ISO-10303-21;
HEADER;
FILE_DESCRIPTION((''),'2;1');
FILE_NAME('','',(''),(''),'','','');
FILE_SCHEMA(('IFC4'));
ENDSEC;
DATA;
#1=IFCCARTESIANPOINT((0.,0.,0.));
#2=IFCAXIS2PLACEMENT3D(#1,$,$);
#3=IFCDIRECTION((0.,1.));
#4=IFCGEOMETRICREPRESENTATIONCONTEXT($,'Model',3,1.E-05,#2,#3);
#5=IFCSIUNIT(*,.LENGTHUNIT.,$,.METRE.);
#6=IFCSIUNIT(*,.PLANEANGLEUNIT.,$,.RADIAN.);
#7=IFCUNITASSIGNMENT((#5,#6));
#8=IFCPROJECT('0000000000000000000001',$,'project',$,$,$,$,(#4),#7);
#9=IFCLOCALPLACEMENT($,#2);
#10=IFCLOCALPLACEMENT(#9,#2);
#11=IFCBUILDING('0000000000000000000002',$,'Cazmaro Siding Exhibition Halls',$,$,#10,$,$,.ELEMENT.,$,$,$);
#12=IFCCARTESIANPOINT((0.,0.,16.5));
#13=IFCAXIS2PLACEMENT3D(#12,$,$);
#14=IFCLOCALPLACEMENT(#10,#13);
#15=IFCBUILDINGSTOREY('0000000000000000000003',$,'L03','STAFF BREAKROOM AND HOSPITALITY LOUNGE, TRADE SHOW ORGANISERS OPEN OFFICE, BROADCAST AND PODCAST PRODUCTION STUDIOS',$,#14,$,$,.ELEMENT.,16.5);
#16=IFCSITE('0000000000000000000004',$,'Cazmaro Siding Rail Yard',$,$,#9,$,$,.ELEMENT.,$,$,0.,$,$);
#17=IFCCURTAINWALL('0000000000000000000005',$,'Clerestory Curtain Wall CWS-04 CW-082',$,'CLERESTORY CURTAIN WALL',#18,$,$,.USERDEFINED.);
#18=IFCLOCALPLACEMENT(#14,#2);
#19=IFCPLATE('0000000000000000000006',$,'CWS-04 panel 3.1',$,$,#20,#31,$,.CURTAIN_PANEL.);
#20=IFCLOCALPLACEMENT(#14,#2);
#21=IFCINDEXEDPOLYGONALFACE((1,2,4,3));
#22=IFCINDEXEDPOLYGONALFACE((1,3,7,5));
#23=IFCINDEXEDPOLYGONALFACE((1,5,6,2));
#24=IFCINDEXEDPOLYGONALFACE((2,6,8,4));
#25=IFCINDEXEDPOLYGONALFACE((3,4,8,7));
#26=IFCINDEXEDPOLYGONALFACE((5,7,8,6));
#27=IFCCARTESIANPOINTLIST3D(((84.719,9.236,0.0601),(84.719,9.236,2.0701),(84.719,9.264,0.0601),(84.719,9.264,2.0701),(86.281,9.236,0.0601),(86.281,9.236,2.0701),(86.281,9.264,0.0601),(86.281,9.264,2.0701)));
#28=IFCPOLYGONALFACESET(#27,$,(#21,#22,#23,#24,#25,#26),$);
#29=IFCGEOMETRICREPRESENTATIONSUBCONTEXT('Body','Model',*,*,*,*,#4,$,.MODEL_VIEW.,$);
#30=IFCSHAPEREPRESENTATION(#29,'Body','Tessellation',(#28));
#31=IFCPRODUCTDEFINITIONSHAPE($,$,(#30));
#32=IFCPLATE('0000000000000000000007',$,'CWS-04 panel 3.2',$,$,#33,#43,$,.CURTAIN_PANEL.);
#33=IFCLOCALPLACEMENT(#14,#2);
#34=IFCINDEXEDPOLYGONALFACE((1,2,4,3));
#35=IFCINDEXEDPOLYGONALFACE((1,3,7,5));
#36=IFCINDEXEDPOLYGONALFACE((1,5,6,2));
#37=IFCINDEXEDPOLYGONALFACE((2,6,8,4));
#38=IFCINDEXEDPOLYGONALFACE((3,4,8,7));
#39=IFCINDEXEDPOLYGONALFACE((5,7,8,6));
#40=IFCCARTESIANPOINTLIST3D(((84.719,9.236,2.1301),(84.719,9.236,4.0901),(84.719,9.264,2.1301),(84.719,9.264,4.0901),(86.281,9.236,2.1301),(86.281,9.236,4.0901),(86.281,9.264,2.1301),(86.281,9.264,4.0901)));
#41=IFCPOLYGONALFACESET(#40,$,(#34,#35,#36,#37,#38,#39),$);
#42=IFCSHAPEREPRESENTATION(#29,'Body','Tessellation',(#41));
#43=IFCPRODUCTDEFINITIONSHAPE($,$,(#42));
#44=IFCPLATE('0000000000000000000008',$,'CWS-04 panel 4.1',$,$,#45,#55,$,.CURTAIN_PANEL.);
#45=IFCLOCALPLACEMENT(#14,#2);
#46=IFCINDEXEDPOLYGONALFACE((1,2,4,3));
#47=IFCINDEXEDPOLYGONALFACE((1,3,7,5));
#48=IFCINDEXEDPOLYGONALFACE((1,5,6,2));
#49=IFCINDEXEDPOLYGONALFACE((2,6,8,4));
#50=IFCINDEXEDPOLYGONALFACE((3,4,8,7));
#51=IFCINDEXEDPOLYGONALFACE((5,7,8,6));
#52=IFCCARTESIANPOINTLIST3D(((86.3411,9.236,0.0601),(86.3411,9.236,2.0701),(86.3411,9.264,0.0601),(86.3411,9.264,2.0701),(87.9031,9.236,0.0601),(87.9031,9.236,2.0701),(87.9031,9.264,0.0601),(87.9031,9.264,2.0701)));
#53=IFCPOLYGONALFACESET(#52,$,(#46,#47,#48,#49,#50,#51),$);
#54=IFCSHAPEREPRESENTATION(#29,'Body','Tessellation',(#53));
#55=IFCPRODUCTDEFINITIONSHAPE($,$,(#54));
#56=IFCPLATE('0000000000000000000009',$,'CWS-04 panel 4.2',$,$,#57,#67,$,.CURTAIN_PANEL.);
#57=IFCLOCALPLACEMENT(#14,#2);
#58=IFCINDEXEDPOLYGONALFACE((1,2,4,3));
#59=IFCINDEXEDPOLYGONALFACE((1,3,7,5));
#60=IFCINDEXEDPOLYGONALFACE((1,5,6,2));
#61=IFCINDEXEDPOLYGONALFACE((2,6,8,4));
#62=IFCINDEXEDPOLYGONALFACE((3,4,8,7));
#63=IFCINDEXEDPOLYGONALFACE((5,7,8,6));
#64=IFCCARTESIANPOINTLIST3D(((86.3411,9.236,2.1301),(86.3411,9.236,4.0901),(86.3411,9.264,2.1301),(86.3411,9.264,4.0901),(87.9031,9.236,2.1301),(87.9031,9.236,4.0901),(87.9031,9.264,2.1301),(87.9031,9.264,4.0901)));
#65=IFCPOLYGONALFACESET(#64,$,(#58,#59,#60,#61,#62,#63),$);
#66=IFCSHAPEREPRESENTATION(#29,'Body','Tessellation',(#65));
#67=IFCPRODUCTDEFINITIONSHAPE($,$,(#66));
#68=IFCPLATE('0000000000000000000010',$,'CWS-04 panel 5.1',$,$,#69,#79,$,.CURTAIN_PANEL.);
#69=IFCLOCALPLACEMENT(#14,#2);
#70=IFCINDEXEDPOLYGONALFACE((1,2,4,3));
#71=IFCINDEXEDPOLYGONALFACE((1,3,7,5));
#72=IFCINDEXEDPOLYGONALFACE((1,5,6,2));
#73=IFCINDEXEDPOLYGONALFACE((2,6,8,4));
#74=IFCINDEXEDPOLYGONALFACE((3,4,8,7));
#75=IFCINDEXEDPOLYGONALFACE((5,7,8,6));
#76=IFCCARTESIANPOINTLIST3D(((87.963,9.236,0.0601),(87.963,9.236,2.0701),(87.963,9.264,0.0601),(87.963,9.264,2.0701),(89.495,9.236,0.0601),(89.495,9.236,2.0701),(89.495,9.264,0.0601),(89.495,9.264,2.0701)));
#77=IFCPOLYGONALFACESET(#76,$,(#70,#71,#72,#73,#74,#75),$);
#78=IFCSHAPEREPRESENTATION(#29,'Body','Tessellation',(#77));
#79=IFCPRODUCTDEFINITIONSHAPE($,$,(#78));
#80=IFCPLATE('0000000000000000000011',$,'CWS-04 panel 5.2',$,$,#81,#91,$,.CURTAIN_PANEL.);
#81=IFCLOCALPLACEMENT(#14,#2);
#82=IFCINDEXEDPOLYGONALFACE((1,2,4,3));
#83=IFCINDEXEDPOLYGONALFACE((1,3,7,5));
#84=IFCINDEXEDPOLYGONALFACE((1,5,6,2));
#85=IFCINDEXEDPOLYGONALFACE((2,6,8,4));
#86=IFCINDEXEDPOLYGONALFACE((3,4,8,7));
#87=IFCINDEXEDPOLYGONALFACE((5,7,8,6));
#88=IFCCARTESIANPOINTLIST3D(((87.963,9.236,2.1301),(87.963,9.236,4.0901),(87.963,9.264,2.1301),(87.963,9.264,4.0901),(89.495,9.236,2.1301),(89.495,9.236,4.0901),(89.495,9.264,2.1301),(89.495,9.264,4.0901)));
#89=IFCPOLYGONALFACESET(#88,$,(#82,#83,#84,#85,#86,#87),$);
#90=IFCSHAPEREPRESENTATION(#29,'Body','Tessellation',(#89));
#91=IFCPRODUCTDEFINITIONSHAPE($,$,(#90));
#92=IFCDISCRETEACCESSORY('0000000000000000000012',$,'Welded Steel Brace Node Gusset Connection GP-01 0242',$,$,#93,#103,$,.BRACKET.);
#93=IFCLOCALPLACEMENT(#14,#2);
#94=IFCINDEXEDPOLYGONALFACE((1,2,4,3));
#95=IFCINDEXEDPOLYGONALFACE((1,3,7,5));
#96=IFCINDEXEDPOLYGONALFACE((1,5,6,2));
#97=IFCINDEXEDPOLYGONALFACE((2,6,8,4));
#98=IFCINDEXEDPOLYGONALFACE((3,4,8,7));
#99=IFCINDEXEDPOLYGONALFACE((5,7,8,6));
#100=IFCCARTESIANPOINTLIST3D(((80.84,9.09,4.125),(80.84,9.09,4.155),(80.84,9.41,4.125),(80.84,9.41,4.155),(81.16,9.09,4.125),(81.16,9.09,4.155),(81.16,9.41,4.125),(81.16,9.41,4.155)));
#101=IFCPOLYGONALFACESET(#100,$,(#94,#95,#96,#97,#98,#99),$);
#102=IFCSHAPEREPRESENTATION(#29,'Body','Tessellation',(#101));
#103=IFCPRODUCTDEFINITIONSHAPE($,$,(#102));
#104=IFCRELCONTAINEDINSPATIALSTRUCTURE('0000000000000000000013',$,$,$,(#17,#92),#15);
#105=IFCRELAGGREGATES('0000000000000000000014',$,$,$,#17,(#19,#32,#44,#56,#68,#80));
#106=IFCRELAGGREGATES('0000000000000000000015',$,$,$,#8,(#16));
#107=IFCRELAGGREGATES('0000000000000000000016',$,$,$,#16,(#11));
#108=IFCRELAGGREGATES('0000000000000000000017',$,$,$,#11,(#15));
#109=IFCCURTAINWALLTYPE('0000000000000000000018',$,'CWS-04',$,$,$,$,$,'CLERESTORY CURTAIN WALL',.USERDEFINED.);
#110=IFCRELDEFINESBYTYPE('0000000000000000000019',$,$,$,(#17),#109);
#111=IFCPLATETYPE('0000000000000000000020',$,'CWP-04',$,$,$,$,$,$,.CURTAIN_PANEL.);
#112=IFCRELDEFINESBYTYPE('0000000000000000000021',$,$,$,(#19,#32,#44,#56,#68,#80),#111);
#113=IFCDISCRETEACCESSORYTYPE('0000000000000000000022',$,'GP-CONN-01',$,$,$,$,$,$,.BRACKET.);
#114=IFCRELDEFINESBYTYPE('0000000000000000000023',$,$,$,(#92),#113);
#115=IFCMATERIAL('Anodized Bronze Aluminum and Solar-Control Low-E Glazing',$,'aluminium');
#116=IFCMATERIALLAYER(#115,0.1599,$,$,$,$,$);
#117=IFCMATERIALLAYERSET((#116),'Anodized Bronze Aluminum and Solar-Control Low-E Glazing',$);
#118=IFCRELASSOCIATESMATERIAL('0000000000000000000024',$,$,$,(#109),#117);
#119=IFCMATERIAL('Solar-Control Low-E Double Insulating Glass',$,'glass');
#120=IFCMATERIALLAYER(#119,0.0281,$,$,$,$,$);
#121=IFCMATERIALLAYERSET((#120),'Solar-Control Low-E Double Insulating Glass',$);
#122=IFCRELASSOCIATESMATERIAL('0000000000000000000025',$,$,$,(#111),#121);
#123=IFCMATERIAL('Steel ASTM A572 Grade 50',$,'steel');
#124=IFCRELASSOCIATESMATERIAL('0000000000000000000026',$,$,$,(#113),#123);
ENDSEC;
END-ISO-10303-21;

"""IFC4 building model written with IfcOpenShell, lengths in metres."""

from ifc_helpers import new_model, si_unit, direction, frame, origin, origin_2d, place, context, subcontext, project, spatial, rectangle, extrude, material, layer, layer_set, type_object, element, aggregate, save


model = new_model("IFC4")

# Units and contexts
model_context = context("Model", 3, precision=1e-05, world=origin(), true_north=direction((0.0, 1.0)))
body_context = subcontext(model_context, "Body", "Model", "MODEL_VIEW")
ifc_project = project(units=[si_unit("LENGTHUNIT", "METRE"), si_unit("PLANEANGLEUNIT", "RADIAN")], contexts=[model_context])

# Site, building, storey
site_placement = place(None, origin())
site = spatial("IfcSite", under=ifc_project, at=site_placement, Name="Cazmaro Siding Rail Yard", CompositionType="ELEMENT", RefElevation=0.0)
building_placement = place(site_placement, origin())
building = spatial("IfcBuilding", under=site, at=building_placement, Name="Cazmaro Siding Exhibition Halls", CompositionType="ELEMENT")
storey_placement = place(building_placement, frame((0.0, 0.0, 16.5)))
storey = spatial("IfcBuildingStorey", under=building, at=storey_placement, Name="L03", Description="STAFF BREAKROOM AND HOSPITALITY LOUNGE, TRADE SHOW ORGANISERS OPEN OFFICE, BROADCAST AND PODCAST PRODUCTION STUDIOS", CompositionType="ELEMENT", Elevation=16.5)

# Curtain wall
ifc_material_1 = material(Name="Anodized Bronze Aluminum and Solar-Control Low-E Glazing", Category="aluminium")
ifc_layer_1 = layer(ifc_material_1, 0.1599)
ifc_layer_set_1 = layer_set([ifc_layer_1], Name="Anodized Bronze Aluminum and Solar-Control Low-E Glazing")
curtain_wall_type = type_object("IfcCurtainWallType", Name="CWS-04", ElementType="CLERESTORY CURTAIN WALL", PredefinedType="USERDEFINED", material=ifc_layer_set_1)
curtain_wall_placement = place(storey_placement, origin())
curtain_wall = element("IfcCurtainWall", 1, at=curtain_wall_placement, inside=storey, type_object=curtain_wall_type, Name="Clerestory Curtain Wall CWS-04 CW-082", ObjectType="CLERESTORY CURTAIN WALL", PredefinedType="USERDEFINED")

# Plates
ifc_material_2 = material(Name="Solar-Control Low-E Double Insulating Glass", Category="glass")
ifc_layer_2 = layer(ifc_material_2, 0.0281)
ifc_layer_set_2 = layer_set([ifc_layer_2], Name="Solar-Control Low-E Double Insulating Glass")
plate_type = type_object("IfcPlateType", Name="CWP-04", PredefinedType="CURTAIN_PANEL", material=ifc_layer_set_2)
plate_1_placement = place(storey_placement, frame((85.5, 9.25, 0.0601), z_axis=(0.0, 0.0, 1.0), x_axis=(1.0, 0.0, 0.0)))
plate_1 = element("IfcPlate", 2, at=plate_1_placement, type_object=plate_type, Name="CWS-04 panel 3.1", PredefinedType="CURTAIN_PANEL", context=body_context, shape_type="SweptSolid", body=[
    extrude(rectangle(XDim=1.562, YDim=0.0281, at=origin_2d()), origin(), (0.0, 0.0, 1.0), 2.01),
])
plate_2_placement = place(storey_placement, frame((85.5, 9.25, 2.1301), z_axis=(0.0, 0.0, 1.0), x_axis=(1.0, 0.0, 0.0)))
plate_2 = element("IfcPlate", 3, at=plate_2_placement, type_object=plate_type, Name="CWS-04 panel 3.2", PredefinedType="CURTAIN_PANEL", context=body_context, shape_type="SweptSolid", body=[
    extrude(rectangle(XDim=1.562, YDim=0.0281, at=origin_2d()), origin(), (0.0, 0.0, 1.0), 1.96),
])
plate_3_placement = place(storey_placement, frame((87.1221, 9.25, 0.0601), z_axis=(0.0, 0.0, 1.0), x_axis=(1.0, 0.0, 0.0)))
plate_3 = element("IfcPlate", 4, at=plate_3_placement, type_object=plate_type, Name="CWS-04 panel 4.1", PredefinedType="CURTAIN_PANEL", context=body_context, shape_type="SweptSolid", body=[
    extrude(rectangle(XDim=1.562, YDim=0.0281, at=origin_2d()), origin(), (0.0, 0.0, 1.0), 2.01),
])
plate_4_placement = place(storey_placement, frame((87.1221, 9.25, 2.1301), z_axis=(0.0, 0.0, 1.0), x_axis=(1.0, 0.0, 0.0)))
plate_4 = element("IfcPlate", 5, at=plate_4_placement, type_object=plate_type, Name="CWS-04 panel 4.2", PredefinedType="CURTAIN_PANEL", context=body_context, shape_type="SweptSolid", body=[
    extrude(rectangle(XDim=1.562, YDim=0.0281, at=origin_2d()), origin(), (0.0, 0.0, 1.0), 1.96),
])
plate_5_placement = place(storey_placement, frame((88.729, 9.25, 0.0601), z_axis=(0.0, 0.0, 1.0), x_axis=(1.0, 0.0, 0.0)))
plate_5 = element("IfcPlate", 6, at=plate_5_placement, type_object=plate_type, Name="CWS-04 panel 5.1", PredefinedType="CURTAIN_PANEL", context=body_context, shape_type="SweptSolid", body=[
    extrude(rectangle(XDim=1.532, YDim=0.0281, at=origin_2d()), origin(), (0.0, 0.0, 1.0), 2.01),
])
plate_6_placement = place(storey_placement, frame((88.729, 9.25, 2.1301), z_axis=(0.0, 0.0, 1.0), x_axis=(1.0, 0.0, 0.0)))
plate_6 = element("IfcPlate", 7, at=plate_6_placement, type_object=plate_type, Name="CWS-04 panel 5.2", PredefinedType="CURTAIN_PANEL", context=body_context, shape_type="SweptSolid", body=[
    extrude(rectangle(XDim=1.532, YDim=0.0281, at=origin_2d()), origin(), (0.0, 0.0, 1.0), 1.96),
])
aggregate(curtain_wall, [plate_1, plate_2, plate_3, plate_4, plate_5, plate_6])

# Discrete accessory
ifc_material_3 = material(Name="Steel ASTM A572 Grade 50", Category="steel")
discrete_accessory_type = type_object("IfcDiscreteAccessoryType", Name="GP-CONN-01", PredefinedType="BRACKET", material=ifc_material_3)
discrete_accessory_placement = place(storey_placement, frame((81.0, 9.25, 4.125), z_axis=(0.0, 0.0, 1.0), x_axis=(1.0, 0.0, 0.0)))
element("IfcDiscreteAccessory", 8, at=discrete_accessory_placement, inside=storey, type_object=discrete_accessory_type, Name="Welded Steel Brace Node Gusset Connection GP-01 0242", PredefinedType="BRACKET", context=body_context, shape_type="SweptSolid", body=[
    extrude(rectangle(XDim=0.3201, YDim=0.3201, at=origin_2d()), origin(), (0.0, 0.0, 1.0), 0.03),
])

save(model, "model.ifc")
